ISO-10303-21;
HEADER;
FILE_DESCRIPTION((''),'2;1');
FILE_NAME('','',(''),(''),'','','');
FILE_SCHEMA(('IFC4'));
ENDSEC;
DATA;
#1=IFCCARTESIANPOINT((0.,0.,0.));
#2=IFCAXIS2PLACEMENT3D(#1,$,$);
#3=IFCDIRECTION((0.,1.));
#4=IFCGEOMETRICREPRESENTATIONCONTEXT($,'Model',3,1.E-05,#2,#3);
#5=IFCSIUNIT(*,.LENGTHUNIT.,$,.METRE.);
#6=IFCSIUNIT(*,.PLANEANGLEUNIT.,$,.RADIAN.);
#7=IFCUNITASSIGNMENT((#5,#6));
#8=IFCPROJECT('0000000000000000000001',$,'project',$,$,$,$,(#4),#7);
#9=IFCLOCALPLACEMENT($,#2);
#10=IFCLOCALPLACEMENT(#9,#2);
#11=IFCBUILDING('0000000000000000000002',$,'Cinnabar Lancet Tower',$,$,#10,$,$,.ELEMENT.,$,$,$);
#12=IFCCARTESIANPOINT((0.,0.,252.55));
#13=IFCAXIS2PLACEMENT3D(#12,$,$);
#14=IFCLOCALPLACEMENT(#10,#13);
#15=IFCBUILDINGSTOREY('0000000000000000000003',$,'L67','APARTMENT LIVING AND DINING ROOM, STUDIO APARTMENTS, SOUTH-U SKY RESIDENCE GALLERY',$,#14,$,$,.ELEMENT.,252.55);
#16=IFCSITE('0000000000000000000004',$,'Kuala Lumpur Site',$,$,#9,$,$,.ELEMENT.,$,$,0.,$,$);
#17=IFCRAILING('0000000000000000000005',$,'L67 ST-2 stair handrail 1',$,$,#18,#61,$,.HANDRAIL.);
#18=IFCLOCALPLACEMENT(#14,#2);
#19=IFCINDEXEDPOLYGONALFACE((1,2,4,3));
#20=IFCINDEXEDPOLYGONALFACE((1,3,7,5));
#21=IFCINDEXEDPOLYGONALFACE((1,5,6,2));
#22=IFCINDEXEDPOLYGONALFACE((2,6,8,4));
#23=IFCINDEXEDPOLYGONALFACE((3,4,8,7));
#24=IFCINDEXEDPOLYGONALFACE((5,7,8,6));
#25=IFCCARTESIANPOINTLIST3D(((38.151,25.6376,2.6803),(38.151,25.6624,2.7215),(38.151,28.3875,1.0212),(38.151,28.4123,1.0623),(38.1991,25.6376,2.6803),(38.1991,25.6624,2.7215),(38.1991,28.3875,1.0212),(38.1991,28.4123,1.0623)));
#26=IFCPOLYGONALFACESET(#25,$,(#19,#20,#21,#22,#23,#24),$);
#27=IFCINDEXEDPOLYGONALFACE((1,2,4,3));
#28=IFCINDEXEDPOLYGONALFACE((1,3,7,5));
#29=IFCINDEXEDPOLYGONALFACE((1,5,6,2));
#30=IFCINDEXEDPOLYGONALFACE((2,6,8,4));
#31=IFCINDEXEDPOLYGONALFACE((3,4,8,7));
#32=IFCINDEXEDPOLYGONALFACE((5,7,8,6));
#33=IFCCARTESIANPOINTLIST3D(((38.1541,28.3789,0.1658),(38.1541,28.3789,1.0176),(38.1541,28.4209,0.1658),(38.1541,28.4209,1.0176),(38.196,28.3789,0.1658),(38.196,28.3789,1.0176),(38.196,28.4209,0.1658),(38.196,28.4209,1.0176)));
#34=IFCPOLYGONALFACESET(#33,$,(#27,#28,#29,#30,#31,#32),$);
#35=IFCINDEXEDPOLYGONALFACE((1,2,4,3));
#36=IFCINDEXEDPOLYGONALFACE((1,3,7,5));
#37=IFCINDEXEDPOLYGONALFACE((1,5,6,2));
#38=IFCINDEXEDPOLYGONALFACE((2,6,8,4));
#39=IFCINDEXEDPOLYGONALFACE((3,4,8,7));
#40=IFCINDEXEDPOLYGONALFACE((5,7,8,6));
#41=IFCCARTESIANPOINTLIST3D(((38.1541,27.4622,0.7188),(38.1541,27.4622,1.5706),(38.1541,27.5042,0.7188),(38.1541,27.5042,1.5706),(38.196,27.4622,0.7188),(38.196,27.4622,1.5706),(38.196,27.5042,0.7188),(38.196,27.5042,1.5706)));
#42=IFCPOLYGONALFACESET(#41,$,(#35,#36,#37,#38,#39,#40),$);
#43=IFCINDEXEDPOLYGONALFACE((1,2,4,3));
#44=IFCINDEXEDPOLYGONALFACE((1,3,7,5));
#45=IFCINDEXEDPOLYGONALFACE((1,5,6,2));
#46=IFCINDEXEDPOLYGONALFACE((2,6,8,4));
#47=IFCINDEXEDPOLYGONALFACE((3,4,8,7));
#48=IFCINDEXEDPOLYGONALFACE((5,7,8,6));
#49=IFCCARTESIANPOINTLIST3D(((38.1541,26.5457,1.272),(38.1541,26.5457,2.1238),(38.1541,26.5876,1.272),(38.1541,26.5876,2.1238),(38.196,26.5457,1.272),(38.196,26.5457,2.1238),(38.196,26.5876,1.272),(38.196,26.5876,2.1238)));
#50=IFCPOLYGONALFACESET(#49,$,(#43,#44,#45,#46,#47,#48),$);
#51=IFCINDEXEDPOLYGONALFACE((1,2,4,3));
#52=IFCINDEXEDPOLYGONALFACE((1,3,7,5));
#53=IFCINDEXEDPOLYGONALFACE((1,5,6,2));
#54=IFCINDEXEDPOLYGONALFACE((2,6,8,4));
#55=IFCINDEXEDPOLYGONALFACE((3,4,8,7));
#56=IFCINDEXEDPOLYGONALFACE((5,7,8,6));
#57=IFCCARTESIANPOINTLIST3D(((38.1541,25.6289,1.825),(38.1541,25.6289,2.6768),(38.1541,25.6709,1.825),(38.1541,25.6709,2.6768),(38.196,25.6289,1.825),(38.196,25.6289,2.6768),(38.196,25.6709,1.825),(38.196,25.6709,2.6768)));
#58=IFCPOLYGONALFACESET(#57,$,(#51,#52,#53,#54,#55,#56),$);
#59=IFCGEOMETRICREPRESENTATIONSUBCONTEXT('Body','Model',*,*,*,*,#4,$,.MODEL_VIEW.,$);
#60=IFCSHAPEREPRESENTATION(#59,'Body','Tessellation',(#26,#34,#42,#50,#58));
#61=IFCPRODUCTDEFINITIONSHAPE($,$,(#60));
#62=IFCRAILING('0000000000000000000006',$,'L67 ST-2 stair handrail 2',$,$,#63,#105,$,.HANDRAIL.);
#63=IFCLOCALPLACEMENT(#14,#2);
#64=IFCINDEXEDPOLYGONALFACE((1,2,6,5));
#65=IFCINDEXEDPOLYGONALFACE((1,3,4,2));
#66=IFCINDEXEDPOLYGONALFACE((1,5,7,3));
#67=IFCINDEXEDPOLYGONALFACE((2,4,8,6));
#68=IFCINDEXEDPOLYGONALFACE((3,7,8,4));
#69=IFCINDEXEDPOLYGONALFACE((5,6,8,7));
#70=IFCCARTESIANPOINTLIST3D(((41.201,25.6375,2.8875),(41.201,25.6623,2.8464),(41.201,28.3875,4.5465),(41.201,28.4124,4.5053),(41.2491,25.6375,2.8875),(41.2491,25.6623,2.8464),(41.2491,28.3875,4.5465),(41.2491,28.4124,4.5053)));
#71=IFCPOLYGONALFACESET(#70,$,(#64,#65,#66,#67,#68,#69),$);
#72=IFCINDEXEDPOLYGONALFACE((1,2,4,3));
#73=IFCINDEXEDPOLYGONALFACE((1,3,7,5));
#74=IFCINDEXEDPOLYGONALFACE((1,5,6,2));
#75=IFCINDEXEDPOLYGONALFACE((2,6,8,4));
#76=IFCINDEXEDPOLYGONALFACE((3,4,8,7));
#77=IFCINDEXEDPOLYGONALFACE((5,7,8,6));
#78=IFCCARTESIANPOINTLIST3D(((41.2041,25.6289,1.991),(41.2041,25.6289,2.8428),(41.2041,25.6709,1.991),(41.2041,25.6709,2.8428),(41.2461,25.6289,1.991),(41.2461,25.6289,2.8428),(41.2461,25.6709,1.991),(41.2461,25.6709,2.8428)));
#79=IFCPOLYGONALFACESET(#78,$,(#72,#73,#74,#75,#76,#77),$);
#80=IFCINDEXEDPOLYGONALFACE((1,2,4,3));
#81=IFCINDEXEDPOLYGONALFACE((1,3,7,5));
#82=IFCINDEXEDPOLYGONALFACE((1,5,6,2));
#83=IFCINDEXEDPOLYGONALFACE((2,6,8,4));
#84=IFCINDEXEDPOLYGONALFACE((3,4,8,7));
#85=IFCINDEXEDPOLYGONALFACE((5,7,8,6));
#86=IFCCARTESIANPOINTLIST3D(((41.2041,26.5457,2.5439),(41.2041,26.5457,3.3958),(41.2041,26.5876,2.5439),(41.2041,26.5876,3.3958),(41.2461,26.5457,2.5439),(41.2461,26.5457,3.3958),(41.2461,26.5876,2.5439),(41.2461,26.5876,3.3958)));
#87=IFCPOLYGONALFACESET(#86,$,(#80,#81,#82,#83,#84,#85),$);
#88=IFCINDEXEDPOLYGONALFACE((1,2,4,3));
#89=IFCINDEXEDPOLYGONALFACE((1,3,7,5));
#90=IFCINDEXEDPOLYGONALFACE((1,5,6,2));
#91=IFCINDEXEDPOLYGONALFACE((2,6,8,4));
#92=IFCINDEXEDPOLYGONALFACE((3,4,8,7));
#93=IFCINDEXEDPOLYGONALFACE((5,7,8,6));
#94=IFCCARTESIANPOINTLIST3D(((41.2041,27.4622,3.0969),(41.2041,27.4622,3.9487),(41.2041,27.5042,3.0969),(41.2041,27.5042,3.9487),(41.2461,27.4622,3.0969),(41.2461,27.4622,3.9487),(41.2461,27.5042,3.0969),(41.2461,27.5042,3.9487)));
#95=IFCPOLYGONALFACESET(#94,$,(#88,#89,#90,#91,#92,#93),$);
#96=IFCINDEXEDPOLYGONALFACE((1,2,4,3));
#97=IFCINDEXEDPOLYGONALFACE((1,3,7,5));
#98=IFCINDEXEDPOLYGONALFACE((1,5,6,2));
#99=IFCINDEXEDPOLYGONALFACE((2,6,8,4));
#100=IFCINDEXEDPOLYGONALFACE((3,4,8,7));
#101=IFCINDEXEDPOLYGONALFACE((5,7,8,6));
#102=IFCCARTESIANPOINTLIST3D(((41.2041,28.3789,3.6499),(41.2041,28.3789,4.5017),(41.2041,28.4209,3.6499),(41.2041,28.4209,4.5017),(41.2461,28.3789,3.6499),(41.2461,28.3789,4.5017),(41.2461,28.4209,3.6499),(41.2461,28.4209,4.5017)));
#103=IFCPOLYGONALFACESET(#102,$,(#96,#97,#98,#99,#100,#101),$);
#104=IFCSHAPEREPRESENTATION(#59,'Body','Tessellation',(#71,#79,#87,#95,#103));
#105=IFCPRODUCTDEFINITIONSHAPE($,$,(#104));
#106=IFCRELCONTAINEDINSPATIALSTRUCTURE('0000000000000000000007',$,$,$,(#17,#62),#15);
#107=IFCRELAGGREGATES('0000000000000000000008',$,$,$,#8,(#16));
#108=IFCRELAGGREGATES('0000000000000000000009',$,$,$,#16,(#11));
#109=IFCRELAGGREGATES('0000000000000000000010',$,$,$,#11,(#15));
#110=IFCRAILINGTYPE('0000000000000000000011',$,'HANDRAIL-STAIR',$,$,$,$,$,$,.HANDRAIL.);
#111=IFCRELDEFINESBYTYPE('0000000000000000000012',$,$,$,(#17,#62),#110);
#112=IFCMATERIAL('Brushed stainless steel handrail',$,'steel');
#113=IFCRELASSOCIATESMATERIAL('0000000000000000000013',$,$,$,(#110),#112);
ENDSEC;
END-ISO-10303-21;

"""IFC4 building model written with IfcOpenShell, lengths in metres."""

from ifc_helpers import new_model, si_unit, direction, frame, origin, origin_2d, place, context, subcontext, project, spatial, rectangle, extrude, material, type_object, element, save


model = new_model("IFC4")

# Units and contexts
model_context = context("Model", 3, precision=1e-05, world=origin(), true_north=direction((0.0, 1.0)))
body_context = subcontext(model_context, "Body", "Model", "MODEL_VIEW")
ifc_project = project(units=[si_unit("LENGTHUNIT", "METRE"), si_unit("PLANEANGLEUNIT", "RADIAN")], contexts=[model_context])

# Site, building, storey
site_placement = place(None, origin())
site = spatial("IfcSite", under=ifc_project, at=site_placement, Name="Kuala Lumpur Site", CompositionType="ELEMENT", RefElevation=0.0)
building_placement = place(site_placement, origin())
building = spatial("IfcBuilding", under=site, at=building_placement, Name="Cinnabar Lancet Tower", CompositionType="ELEMENT")
storey_placement = place(building_placement, frame((0.0, 0.0, 252.55)))
storey = spatial("IfcBuildingStorey", under=building, at=storey_placement, Name="L67", Description="APARTMENT LIVING AND DINING ROOM, STUDIO APARTMENTS, SOUTH-U SKY RESIDENCE GALLERY", CompositionType="ELEMENT", Elevation=252.55)

# Railings
ifc_material_1 = material(Name="Brushed stainless steel handrail", Category="steel")
railing_type_1 = type_object("IfcRailingType", Name="HANDRAIL-STAIR", PredefinedType="HANDRAIL", material=ifc_material_1)
railing_1_placement = place(storey_placement, frame((38.175, 28.3999, 0.1658)))
element("IfcRailing", 1, at=railing_1_placement, inside=storey, type_object=railing_type_1, Name="L67 ST-2 stair handrail 1", PredefinedType="HANDRAIL", context=body_context, shape_type="SweptSolid", body=[
    extrude(rectangle(XDim=0.0481, YDim=0.0481, at=origin_2d()), frame((0.0, 0.0, 0.876), z_axis=(0.0, -0.856229, 0.516596), x_axis=(1.0, 0.0, 0.0)), (0.0, 0.0, 1.0), 3.2117),
    extrude(rectangle(XDim=0.042, YDim=0.042, at=origin_2d()), origin(), (0.0, 0.0, 1.0), 0.8518),
    extrude(rectangle(XDim=0.042, YDim=0.042, at=origin_2d()), frame((0.0, -0.9167, 0.553)), (0.0, 0.0, 1.0), 0.8518),
    extrude(rectangle(XDim=0.042, YDim=0.042, at=origin_2d()), frame((0.0, -1.8333, 1.1062)), (0.0, 0.0, 1.0), 0.8518),
    extrude(rectangle(XDim=0.042, YDim=0.042, at=origin_2d()), frame((0.0, -2.75, 1.6592)), (0.0, 0.0, 1.0), 0.8518),
])
railing_2_placement = place(storey_placement, frame((41.2251, 25.6499, 1.991)))
element("IfcRailing", 2, at=railing_2_placement, inside=storey, type_object=railing_type_1, Name="L67 ST-2 stair handrail 2", PredefinedType="HANDRAIL", context=body_context, shape_type="SweptSolid", body=[
    extrude(rectangle(XDim=0.0481, YDim=0.0481, at=origin_2d()), frame((0.0, 0.0, 0.876), z_axis=(0.0, 0.856263, 0.51654), x_axis=(-1.0, 0.0, 0.0)), (0.0, 0.0, 1.0), 3.2117),
    extrude(rectangle(XDim=0.042, YDim=0.042, at=origin_2d()), origin(), (0.0, 0.0, 1.0), 0.8518),
    extrude(rectangle(XDim=0.042, YDim=0.042, at=origin_2d()), frame((0.0, 0.9167, 0.553)), (0.0, 0.0, 1.0), 0.8518),
    extrude(rectangle(XDim=0.042, YDim=0.042, at=origin_2d()), frame((0.0, 1.8333, 1.106)), (0.0, 0.0, 1.0), 0.8518),
    extrude(rectangle(XDim=0.042, YDim=0.042, at=origin_2d()), frame((0.0, 2.75, 1.6589)), (0.0, 0.0, 1.0), 0.8518),
])

save(model, "model.ifc")
